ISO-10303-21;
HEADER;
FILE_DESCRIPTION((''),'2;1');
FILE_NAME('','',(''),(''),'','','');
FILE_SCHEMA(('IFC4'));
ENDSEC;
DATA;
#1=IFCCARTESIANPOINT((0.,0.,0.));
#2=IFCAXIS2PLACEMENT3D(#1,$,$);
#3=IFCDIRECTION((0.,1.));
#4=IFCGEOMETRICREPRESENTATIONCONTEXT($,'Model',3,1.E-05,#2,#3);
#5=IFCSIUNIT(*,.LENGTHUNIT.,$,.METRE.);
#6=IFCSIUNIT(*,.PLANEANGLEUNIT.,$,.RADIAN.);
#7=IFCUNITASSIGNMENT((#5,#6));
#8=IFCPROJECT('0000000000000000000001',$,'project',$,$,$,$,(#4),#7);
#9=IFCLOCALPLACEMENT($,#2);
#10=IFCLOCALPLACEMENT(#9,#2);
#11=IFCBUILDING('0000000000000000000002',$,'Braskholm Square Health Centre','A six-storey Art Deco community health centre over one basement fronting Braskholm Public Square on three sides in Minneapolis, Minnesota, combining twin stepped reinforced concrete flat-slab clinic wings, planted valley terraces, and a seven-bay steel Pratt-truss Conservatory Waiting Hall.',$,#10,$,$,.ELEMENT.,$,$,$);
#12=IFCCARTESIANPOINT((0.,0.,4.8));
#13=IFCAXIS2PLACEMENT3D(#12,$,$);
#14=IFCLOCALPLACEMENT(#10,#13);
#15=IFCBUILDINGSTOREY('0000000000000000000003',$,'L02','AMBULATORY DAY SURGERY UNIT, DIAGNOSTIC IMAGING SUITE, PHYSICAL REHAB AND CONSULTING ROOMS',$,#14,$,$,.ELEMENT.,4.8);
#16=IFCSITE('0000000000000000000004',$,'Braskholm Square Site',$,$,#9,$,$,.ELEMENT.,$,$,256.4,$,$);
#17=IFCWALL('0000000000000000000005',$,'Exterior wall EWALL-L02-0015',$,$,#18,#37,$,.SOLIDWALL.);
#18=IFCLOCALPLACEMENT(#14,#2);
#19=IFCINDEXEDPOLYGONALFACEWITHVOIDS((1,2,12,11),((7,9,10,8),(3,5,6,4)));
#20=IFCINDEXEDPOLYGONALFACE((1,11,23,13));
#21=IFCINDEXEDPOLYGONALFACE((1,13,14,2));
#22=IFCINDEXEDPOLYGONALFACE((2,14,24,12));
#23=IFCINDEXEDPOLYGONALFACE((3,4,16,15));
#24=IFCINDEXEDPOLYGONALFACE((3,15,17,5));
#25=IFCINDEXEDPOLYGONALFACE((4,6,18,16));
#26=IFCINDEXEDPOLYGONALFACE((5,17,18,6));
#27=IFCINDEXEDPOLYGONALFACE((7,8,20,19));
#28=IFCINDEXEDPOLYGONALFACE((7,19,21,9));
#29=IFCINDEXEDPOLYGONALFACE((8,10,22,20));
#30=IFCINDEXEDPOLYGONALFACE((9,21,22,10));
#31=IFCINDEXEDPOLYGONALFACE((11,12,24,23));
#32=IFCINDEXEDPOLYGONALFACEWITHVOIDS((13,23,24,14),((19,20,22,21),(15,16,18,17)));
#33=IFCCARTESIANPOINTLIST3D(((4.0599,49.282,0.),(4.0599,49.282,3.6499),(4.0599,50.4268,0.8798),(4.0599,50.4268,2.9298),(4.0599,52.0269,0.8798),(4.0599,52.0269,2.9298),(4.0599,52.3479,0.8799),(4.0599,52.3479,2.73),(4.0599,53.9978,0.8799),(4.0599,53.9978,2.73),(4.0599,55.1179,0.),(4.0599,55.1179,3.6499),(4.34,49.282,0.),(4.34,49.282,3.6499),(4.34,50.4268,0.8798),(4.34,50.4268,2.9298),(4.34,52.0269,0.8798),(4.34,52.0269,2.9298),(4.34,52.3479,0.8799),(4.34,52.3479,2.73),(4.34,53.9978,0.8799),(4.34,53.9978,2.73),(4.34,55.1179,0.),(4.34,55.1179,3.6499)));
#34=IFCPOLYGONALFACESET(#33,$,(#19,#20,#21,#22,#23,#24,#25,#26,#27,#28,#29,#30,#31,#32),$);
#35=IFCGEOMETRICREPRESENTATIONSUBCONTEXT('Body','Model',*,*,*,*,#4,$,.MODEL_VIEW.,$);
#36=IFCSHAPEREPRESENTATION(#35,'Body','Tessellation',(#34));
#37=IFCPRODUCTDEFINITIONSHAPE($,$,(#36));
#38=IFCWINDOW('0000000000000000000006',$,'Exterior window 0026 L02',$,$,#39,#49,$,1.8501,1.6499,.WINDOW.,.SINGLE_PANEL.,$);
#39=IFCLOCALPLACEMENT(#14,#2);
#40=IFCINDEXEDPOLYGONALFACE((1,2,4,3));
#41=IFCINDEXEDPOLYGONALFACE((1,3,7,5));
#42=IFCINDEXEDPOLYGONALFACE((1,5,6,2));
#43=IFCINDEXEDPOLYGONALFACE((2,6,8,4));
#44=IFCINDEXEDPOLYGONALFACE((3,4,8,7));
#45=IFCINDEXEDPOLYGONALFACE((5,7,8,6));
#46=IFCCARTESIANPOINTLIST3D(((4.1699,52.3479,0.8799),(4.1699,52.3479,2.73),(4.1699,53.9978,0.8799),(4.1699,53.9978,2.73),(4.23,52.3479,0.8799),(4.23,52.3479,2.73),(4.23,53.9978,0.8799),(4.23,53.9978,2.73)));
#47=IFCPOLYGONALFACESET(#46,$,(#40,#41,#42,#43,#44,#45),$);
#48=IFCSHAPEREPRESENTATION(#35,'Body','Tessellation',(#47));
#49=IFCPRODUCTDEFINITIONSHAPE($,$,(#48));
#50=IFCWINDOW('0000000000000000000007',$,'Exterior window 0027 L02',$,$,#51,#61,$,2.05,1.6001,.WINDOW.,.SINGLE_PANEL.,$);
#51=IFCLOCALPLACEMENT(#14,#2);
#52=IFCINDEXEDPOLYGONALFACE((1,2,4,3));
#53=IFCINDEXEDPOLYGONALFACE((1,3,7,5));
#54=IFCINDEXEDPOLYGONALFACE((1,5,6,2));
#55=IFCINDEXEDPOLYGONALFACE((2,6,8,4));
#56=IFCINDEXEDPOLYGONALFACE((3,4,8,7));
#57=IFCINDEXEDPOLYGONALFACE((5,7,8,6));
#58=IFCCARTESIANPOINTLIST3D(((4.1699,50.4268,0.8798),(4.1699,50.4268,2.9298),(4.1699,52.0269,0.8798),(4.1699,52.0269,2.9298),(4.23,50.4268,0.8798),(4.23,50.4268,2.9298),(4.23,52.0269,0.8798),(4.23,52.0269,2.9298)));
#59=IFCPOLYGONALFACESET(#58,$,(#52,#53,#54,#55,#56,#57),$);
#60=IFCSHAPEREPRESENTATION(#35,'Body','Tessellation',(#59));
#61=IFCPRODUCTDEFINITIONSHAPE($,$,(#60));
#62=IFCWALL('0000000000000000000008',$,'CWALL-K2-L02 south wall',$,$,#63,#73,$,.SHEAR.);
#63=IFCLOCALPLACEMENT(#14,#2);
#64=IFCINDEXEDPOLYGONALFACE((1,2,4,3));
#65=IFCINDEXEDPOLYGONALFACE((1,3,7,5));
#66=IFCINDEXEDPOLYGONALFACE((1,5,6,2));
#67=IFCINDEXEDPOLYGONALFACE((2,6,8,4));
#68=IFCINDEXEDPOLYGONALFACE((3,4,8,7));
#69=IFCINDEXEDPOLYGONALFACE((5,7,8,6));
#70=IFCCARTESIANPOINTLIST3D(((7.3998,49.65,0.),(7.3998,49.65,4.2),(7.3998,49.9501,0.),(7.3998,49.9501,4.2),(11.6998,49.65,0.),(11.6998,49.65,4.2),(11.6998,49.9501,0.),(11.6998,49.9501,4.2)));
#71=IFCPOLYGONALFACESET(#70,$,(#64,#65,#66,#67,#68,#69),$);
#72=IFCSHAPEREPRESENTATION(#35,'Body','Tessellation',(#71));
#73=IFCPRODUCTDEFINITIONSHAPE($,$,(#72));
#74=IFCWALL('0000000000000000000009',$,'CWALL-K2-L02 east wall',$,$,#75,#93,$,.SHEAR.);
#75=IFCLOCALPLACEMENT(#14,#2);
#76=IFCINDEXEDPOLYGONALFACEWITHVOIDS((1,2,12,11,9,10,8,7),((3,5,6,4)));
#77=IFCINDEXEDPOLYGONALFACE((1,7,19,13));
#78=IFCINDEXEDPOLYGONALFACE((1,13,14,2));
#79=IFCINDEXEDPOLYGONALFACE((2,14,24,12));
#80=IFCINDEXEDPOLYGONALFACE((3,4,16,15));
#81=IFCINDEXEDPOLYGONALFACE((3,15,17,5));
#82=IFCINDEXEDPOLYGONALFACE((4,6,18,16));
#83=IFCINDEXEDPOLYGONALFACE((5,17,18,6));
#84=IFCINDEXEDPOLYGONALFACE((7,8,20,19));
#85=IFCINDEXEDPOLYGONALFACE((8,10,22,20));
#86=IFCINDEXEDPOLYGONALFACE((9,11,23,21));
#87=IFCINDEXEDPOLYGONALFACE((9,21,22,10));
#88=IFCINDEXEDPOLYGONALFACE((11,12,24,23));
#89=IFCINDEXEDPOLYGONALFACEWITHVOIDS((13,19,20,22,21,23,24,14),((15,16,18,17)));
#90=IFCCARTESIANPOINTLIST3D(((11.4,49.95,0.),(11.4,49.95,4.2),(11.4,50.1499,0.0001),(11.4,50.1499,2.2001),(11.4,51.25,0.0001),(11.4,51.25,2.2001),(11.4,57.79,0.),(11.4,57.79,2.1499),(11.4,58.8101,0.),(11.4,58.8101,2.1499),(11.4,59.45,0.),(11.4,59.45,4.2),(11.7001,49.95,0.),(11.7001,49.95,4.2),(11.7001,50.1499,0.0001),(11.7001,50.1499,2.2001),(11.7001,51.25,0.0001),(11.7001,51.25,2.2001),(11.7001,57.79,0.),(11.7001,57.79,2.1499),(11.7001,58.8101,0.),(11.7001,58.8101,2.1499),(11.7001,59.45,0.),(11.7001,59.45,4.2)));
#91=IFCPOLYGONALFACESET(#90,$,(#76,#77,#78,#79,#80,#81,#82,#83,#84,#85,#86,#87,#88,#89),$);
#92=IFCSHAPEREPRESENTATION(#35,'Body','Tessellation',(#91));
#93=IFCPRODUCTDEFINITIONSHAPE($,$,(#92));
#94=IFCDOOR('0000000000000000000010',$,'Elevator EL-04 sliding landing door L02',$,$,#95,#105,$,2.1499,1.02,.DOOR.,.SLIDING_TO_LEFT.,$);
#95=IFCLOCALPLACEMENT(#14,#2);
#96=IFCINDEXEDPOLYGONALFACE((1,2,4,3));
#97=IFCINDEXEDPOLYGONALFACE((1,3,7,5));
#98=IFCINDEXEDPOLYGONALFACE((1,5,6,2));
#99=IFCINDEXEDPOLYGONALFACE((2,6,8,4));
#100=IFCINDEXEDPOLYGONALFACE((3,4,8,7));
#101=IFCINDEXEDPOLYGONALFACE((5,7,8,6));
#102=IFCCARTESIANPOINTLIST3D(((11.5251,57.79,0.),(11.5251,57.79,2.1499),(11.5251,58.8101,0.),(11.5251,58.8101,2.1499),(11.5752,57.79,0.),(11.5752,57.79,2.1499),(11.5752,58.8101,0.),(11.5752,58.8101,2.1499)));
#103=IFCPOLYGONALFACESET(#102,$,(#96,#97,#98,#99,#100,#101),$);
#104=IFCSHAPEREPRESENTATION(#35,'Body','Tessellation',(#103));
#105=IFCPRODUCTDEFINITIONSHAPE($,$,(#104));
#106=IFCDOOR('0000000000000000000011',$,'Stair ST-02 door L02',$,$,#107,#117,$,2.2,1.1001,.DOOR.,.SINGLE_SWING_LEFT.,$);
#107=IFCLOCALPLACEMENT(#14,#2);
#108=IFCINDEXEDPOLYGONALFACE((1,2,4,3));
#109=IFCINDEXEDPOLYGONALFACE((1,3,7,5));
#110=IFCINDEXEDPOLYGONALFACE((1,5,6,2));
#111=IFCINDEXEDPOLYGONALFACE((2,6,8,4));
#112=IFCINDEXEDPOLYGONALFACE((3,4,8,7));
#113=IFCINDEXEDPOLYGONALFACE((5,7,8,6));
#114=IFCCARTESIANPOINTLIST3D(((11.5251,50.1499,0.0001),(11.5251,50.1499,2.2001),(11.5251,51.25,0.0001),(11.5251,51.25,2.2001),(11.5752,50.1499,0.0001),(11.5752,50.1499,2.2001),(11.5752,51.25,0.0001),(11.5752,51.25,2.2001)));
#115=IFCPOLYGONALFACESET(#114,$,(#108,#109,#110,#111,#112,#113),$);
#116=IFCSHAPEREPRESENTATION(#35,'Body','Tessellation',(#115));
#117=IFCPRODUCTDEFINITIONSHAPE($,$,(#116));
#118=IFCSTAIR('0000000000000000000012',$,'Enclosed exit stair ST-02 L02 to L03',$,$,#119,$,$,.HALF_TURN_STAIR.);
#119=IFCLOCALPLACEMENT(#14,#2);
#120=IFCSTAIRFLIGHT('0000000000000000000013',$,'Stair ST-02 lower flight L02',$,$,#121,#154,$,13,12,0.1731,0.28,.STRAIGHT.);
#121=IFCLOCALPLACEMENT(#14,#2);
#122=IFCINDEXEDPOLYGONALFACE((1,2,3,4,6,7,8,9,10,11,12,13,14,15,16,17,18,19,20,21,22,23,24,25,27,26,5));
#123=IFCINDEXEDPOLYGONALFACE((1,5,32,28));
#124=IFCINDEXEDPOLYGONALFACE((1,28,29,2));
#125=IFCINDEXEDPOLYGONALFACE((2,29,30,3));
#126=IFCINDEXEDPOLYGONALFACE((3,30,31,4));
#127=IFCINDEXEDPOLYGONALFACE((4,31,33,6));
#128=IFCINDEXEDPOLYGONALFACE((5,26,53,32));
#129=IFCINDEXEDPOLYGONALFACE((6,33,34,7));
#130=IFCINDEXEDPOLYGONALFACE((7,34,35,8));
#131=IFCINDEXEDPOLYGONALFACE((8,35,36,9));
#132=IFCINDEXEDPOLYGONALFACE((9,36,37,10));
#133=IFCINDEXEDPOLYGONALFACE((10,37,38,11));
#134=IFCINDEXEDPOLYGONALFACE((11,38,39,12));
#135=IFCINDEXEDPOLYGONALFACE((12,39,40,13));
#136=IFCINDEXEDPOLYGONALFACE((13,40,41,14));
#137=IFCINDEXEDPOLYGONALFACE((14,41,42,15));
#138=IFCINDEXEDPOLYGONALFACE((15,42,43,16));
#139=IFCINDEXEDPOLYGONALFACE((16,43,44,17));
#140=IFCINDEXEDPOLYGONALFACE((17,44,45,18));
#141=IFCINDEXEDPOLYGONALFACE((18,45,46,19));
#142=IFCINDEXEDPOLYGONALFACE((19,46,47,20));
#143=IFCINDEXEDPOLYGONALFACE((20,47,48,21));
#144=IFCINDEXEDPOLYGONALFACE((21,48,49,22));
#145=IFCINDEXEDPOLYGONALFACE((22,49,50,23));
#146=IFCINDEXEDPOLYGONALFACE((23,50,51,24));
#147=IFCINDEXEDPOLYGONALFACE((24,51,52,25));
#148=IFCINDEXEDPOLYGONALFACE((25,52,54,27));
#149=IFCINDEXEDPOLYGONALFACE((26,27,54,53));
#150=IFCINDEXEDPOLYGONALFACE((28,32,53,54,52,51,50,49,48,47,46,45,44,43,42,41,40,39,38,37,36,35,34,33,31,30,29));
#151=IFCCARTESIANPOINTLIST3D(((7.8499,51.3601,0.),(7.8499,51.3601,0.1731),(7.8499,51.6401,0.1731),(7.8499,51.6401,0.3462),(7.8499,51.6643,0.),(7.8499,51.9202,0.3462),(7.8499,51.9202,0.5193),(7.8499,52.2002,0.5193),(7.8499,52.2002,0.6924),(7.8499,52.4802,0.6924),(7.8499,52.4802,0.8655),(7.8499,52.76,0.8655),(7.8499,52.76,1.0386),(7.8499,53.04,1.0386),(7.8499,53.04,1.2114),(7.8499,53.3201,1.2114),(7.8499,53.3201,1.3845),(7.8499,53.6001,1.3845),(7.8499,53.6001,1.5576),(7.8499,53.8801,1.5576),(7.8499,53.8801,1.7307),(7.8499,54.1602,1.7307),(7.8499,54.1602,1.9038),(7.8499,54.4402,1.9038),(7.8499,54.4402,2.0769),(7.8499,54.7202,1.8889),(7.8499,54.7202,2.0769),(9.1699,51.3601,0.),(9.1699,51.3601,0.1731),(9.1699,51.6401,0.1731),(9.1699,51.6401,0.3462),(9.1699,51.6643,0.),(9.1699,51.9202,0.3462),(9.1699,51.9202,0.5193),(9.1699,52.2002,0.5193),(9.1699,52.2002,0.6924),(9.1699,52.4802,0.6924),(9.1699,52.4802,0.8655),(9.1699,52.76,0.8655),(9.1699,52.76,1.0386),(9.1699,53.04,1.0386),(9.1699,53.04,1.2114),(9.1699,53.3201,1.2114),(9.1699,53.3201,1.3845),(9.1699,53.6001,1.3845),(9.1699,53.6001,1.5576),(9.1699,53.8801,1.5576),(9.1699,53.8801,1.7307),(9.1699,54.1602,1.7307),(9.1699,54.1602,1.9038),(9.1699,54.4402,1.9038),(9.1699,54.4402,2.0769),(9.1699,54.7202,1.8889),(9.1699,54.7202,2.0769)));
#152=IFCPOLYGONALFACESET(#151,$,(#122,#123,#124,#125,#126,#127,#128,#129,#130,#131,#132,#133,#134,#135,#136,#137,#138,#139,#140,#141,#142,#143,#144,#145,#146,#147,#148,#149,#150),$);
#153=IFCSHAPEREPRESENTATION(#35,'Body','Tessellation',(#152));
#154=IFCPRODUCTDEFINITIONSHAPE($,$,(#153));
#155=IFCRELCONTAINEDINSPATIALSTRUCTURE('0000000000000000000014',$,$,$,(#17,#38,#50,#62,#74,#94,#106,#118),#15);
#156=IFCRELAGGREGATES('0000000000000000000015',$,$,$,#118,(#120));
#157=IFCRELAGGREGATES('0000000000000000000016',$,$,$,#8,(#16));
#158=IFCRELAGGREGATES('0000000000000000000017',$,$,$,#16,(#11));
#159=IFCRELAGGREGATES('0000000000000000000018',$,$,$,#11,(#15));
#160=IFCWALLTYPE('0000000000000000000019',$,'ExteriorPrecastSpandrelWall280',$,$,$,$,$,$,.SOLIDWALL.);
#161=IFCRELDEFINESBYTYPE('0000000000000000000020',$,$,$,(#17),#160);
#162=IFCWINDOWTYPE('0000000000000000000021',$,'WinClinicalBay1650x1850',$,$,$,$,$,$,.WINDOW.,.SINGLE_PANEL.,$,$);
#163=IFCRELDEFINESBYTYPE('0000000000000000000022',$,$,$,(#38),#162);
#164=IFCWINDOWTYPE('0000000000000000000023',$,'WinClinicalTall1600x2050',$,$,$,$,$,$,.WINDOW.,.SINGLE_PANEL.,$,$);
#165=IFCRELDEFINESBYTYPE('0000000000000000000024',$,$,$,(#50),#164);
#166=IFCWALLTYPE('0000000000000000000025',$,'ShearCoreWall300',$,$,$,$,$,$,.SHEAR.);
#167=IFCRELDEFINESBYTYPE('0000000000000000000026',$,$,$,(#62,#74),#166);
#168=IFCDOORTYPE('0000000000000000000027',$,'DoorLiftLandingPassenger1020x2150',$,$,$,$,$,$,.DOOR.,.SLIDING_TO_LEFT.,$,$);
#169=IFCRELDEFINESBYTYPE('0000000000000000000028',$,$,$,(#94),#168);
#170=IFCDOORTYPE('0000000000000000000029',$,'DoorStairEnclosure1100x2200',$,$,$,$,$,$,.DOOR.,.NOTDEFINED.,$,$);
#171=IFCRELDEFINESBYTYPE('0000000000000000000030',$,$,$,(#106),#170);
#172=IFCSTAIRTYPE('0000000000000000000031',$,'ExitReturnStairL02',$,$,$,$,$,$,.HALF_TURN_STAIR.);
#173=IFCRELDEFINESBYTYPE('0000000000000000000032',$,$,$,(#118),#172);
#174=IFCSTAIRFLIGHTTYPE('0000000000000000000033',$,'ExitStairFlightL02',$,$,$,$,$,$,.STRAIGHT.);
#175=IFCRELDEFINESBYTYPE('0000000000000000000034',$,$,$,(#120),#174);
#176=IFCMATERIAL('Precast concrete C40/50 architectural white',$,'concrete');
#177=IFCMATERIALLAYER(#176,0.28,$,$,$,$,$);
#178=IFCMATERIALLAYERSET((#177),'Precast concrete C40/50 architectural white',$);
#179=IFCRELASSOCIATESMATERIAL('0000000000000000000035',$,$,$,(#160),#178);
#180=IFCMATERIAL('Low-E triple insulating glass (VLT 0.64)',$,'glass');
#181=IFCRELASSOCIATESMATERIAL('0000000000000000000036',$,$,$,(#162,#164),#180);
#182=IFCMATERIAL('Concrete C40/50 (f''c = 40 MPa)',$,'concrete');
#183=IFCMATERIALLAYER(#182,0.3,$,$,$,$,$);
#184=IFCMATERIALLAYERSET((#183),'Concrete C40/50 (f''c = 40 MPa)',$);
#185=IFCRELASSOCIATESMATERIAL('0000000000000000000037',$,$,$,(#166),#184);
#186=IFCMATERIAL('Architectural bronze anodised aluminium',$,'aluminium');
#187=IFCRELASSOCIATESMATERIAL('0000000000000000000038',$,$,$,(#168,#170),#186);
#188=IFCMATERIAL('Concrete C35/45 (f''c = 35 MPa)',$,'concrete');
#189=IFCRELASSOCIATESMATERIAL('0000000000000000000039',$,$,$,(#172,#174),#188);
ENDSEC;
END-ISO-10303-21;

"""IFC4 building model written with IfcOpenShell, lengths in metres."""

from ifc_helpers import new_model, si_unit, direction, frame, frame_2d, origin, origin_with_axes, place, context, subcontext, project, spatial, polyline, rectangle, outline, extrude, material, layer, layer_set, type_object, element, fill, aggregate, save


model = new_model("IFC4")

# Units and contexts
model_context = context("Model", 3, precision=1e-05, world=origin(), true_north=direction((0.0, 1.0)))
body_context = subcontext(model_context, "Body", "Model", "MODEL_VIEW")
ifc_project = project(units=[si_unit("LENGTHUNIT", "METRE"), si_unit("PLANEANGLEUNIT", "RADIAN")], contexts=[model_context])

# Site, building, storey
site_placement = place(None, origin())
site = spatial("IfcSite", under=ifc_project, at=site_placement, Name="Braskholm Square Site", CompositionType="ELEMENT", RefElevation=256.4)
building_placement = place(site_placement, origin())
building = spatial("IfcBuilding", under=site, at=building_placement, Name="Braskholm Square Health Centre", Description="A six-storey Art Deco community health centre over one basement fronting Braskholm Public Square on three sides in Minneapolis, Minnesota, combining twin stepped reinforced concrete flat-slab clinic wings, planted valley terraces, and a seven-bay steel Pratt-truss Conservatory Waiting Hall.", CompositionType="ELEMENT")
storey_placement = place(building_placement, frame((0.0, 0.0, 4.8)))
storey = spatial("IfcBuildingStorey", under=building, at=storey_placement, Name="L02", Description="AMBULATORY DAY SURGERY UNIT, DIAGNOSTIC IMAGING SUITE, PHYSICAL REHAB AND CONSULTING ROOMS", CompositionType="ELEMENT", Elevation=4.8)

# Shared definitions
ifc_material_1 = material(Name="Concrete C40/50 (f'c = 40 MPa)", Category="concrete")
ifc_material_2 = material(Name="Precast concrete C40/50 architectural white", Category="concrete")

# Shared definitions
ifc_material_3 = material(Name="Concrete C35/45 (f'c = 35 MPa)", Category="concrete")

# Shared definitions
ifc_material_4 = material(Name="Architectural bronze anodised aluminium", Category="aluminium")

# Wall, openings, windows
ifc_layer_1 = layer(ifc_material_2, 0.28)
ifc_layer_set_1 = layer_set([ifc_layer_1], Name="Precast concrete C40/50 architectural white")
wall_type_1 = type_object("IfcWallType", Name="ExteriorPrecastSpandrelWall280", PredefinedType="SOLIDWALL", material=ifc_layer_set_1)
wall_1_placement = place(storey_placement, frame((4.2, 55.1179, 0.0), z_axis=(0.0, 0.0, 1.0), x_axis=(0.0, -1.0, 0.0)))
wall_1 = element("IfcWall", 1, at=wall_1_placement, inside=storey, type_object=wall_type_1, Name="Exterior wall EWALL-L02-0015", PredefinedType="SOLIDWALL", context=body_context, shape_type="SweptSolid", body=[
    extrude(rectangle(XDim=5.8359, YDim=0.28, at=frame_2d((2.918, 0.0))), origin(), (0.0, 0.0, 1.0), 3.6499),
])
opening_1_placement = place(wall_1_placement, frame((1.1201, 0.0, 0.8799)))
opening_1 = element("IfcOpeningElement", 2, at=opening_1_placement, cuts=wall_1, PredefinedType="OPENING", context=body_context, shape_type="SweptSolid", body=[
    extrude(rectangle(XDim=1.6499, YDim=1.8501, at=frame_2d((0.825, 0.925))), frame((0.0, 0.1499, 0.0), z_axis=(0.0, -1.0, 0.0), x_axis=(1.0, 0.0, 0.0)), (0.0, 0.0, 1.0), 0.3),
])
opening_2_placement = place(wall_1_placement, frame((3.0911, 0.0, 0.8799)))
opening_2 = element("IfcOpeningElement", 3, at=opening_2_placement, cuts=wall_1, PredefinedType="OPENING", context=body_context, shape_type="SweptSolid", body=[
    extrude(rectangle(XDim=1.6001, YDim=2.05, at=frame_2d((0.8, 1.0249))), frame((0.0, 0.1499, 0.0), z_axis=(0.0, -1.0, 0.0), x_axis=(1.0, 0.0, 0.0)), (0.0, 0.0, 1.0), 0.3),
])
ifc_material_5 = material(Name="Low-E triple insulating glass (VLT 0.64)", Category="glass")
window_type_1 = type_object("IfcWindowType", Name="WinClinicalBay1650x1850", PartitioningType="SINGLE_PANEL", PredefinedType="WINDOW", material=ifc_material_5)
window_1_placement = place(opening_1_placement, origin_with_axes())
window_1 = element("IfcWindow", 4, at=window_1_placement, inside=storey, type_object=window_type_1, Name="Exterior window 0026 L02", OverallHeight=1.8501, OverallWidth=1.6499, PartitioningType="SINGLE_PANEL", PredefinedType="WINDOW", context=body_context, shape_type="SweptSolid", body=[
    extrude(rectangle(XDim=1.6499, YDim=1.8501, at=frame_2d((0.825, 0.925))), frame((0.0, 0.03, 0.0), z_axis=(0.0, -1.0, 0.0), x_axis=(1.0, 0.0, 0.0)), (0.0, 0.0, 1.0), 0.0601),
])
fill(opening_1, window_1)
window_type_2 = type_object("IfcWindowType", Name="WinClinicalTall1600x2050", PartitioningType="SINGLE_PANEL", PredefinedType="WINDOW", material=ifc_material_5)
window_2_placement = place(opening_2_placement, origin_with_axes())
window_2 = element("IfcWindow", 5, at=window_2_placement, inside=storey, type_object=window_type_2, Name="Exterior window 0027 L02", OverallHeight=2.05, OverallWidth=1.6001, PartitioningType="SINGLE_PANEL", PredefinedType="WINDOW", context=body_context, shape_type="SweptSolid", body=[
    extrude(rectangle(XDim=1.6001, YDim=2.05, at=frame_2d((0.8, 1.0249))), frame((0.0, 0.03, 0.0), z_axis=(0.0, -1.0, 0.0), x_axis=(1.0, 0.0, 0.0)), (0.0, 0.0, 1.0), 0.0601),
])
fill(opening_2, window_2)

# Wall
ifc_layer_2 = layer(ifc_material_1, 0.3)
ifc_layer_set_2 = layer_set([ifc_layer_2], Name="Concrete C40/50 (f'c = 40 MPa)")
wall_type_2 = type_object("IfcWallType", Name="ShearCoreWall300", PredefinedType="SHEAR", material=ifc_layer_set_2)
wall_2_placement = place(storey_placement, frame((7.3999, 49.8, 0.0), z_axis=(0.0, 0.0, 1.0), x_axis=(1.0, 0.0, 0.0)))
element("IfcWall", 6, at=wall_2_placement, inside=storey, type_object=wall_type_2, Name="CWALL-K2-L02 south wall", PredefinedType="SHEAR", context=body_context, shape_type="SweptSolid", body=[
    extrude(rectangle(XDim=4.3, YDim=0.3, at=frame_2d((2.1499, 0.0))), origin(), (0.0, 0.0, 1.0), 4.2),
])

# Wall, openings, doors
wall_3_placement = place(storey_placement, frame((11.55, 49.95, 0.0), z_axis=(0.0, 0.0, 1.0), x_axis=(0.0, 1.0, 0.0)))
wall_3 = element("IfcWall", 7, at=wall_3_placement, inside=storey, type_object=wall_type_2, Name="CWALL-K2-L02 east wall", PredefinedType="SHEAR", context=body_context, shape_type="SweptSolid", body=[
    extrude(rectangle(XDim=9.5, YDim=0.3, at=frame_2d((4.75, 0.0))), origin(), (0.0, 0.0, 1.0), 4.2),
])
opening_3_placement = place(wall_3_placement, frame((0.2, 0.0, 0.0)))
opening_3 = element("IfcOpeningElement", 8, at=opening_3_placement, cuts=wall_3, PredefinedType="OPENING", context=body_context, shape_type="SweptSolid", body=[
    extrude(rectangle(XDim=1.1001, YDim=2.2, at=frame_2d((0.55, 1.1001))), frame((0.0, 0.1602, 0.0), z_axis=(0.0, -1.0, 0.0), x_axis=(1.0, 0.0, 0.0)), (0.0, 0.0, 1.0), 0.3201),
])
opening_4_placement = place(wall_3_placement, frame((7.8401, 0.0, 0.0)))
opening_4 = element("IfcOpeningElement", 9, at=opening_4_placement, cuts=wall_3, PredefinedType="OPENING", context=body_context, shape_type="SweptSolid", body=[
    extrude(rectangle(XDim=1.02, YDim=2.1499, at=frame_2d((0.51, 1.075))), frame((0.0, 0.1602, 0.0), z_axis=(0.0, -1.0, 0.0), x_axis=(1.0, 0.0, 0.0)), (0.0, 0.0, 1.0), 0.3201),
])
door_type_1 = type_object("IfcDoorType", Name="DoorLiftLandingPassenger1020x2150", OperationType="SLIDING_TO_LEFT", PredefinedType="DOOR", material=ifc_material_4)
door_1_placement = place(opening_4_placement, origin_with_axes())
door_1 = element("IfcDoor", 10, at=door_1_placement, inside=storey, type_object=door_type_1, Name="Elevator EL-04 sliding landing door L02", OperationType="SLIDING_TO_LEFT", OverallHeight=2.1499, OverallWidth=1.02, PredefinedType="DOOR", context=body_context, shape_type="SweptSolid", body=[
    extrude(rectangle(XDim=1.02, YDim=2.1499, at=frame_2d((0.51, 1.075))), frame((0.0, 0.0249, 0.0), z_axis=(0.0, -1.0, 0.0), x_axis=(1.0, 0.0, 0.0)), (0.0, 0.0, 1.0), 0.05),
])
fill(opening_4, door_1)
door_type_2 = type_object("IfcDoorType", Name="DoorStairEnclosure1100x2200", OperationType="NOTDEFINED", PredefinedType="DOOR", material=ifc_material_4)
door_2_placement = place(opening_3_placement, origin_with_axes())
door_2 = element("IfcDoor", 11, at=door_2_placement, inside=storey, type_object=door_type_2, Name="Stair ST-02 door L02", OperationType="SINGLE_SWING_LEFT", OverallHeight=2.2, OverallWidth=1.1001, PredefinedType="DOOR", context=body_context, shape_type="SweptSolid", body=[
    extrude(rectangle(XDim=1.1001, YDim=2.2, at=frame_2d((0.55, 1.1001))), frame((0.0, 0.0249, 0.0), z_axis=(0.0, -1.0, 0.0), x_axis=(1.0, 0.0, 0.0)), (0.0, 0.0, 1.0), 0.05),
])
fill(opening_3, door_2)

# Stair, stair flight
stair_type = type_object("IfcStairType", Name="ExitReturnStairL02", PredefinedType="HALF_TURN_STAIR", material=ifc_material_3)
stair_placement = place(storey_placement, origin())
stair = element("IfcStair", 12, at=stair_placement, inside=storey, type_object=stair_type, Name="Enclosed exit stair ST-02 L02 to L03", PredefinedType="HALF_TURN_STAIR")
stair_flight_type = type_object("IfcStairFlightType", Name="ExitStairFlightL02", PredefinedType="STRAIGHT", material=ifc_material_3)
stair_flight_1_placement = place(storey_placement, frame((8.51, 51.3601, 0.0), z_axis=(0.0, 0.0, 1.0), x_axis=(0.0, 1.0, 0.0)))
stair_flight_1 = element("IfcStairFlight", 13, at=stair_flight_1_placement, type_object=stair_flight_type, Name="Stair ST-02 lower flight L02", NumberOfRisers=13, NumberOfTreads=12, PredefinedType="STRAIGHT", RiserHeight=0.1731, TreadLength=0.28, context=body_context, shape_type="SweptSolid", body=[
    extrude(outline(polyline([(0.0, 0.0), (0.0, 0.1731), (0.28, 0.1731), (0.28, 0.3462), (0.5601, 0.3462), (0.5601, 0.5193), (0.8401, 0.5193), (0.8401, 0.6924), (1.1201, 0.6924), (1.1201, 0.8655), (1.3999, 0.8655), (1.3999, 1.0386), (1.6799, 1.0386), (1.6799, 1.2114), (1.96, 1.2114), (1.96, 1.3845), (2.24, 1.3845), (2.24, 1.5576), (2.52, 1.5576), (2.52, 1.7307), (2.8, 1.7307), (2.8, 1.9038), (3.0801, 1.9038), (3.0801, 2.0769), (3.3601, 2.0769), (3.3601, 2.25), (3.3601, 1.8889), (0.3042, 0.0), (0.0, 0.0)])), frame((0.0, 0.6602, 0.0), z_axis=(0.0, -1.0, 0.0), x_axis=(1.0, 0.0, 0.0)), (0.0, 0.0, 1.0), 1.3201),
])
aggregate(stair, [stair_flight_1])

save(model, "model.ifc")
